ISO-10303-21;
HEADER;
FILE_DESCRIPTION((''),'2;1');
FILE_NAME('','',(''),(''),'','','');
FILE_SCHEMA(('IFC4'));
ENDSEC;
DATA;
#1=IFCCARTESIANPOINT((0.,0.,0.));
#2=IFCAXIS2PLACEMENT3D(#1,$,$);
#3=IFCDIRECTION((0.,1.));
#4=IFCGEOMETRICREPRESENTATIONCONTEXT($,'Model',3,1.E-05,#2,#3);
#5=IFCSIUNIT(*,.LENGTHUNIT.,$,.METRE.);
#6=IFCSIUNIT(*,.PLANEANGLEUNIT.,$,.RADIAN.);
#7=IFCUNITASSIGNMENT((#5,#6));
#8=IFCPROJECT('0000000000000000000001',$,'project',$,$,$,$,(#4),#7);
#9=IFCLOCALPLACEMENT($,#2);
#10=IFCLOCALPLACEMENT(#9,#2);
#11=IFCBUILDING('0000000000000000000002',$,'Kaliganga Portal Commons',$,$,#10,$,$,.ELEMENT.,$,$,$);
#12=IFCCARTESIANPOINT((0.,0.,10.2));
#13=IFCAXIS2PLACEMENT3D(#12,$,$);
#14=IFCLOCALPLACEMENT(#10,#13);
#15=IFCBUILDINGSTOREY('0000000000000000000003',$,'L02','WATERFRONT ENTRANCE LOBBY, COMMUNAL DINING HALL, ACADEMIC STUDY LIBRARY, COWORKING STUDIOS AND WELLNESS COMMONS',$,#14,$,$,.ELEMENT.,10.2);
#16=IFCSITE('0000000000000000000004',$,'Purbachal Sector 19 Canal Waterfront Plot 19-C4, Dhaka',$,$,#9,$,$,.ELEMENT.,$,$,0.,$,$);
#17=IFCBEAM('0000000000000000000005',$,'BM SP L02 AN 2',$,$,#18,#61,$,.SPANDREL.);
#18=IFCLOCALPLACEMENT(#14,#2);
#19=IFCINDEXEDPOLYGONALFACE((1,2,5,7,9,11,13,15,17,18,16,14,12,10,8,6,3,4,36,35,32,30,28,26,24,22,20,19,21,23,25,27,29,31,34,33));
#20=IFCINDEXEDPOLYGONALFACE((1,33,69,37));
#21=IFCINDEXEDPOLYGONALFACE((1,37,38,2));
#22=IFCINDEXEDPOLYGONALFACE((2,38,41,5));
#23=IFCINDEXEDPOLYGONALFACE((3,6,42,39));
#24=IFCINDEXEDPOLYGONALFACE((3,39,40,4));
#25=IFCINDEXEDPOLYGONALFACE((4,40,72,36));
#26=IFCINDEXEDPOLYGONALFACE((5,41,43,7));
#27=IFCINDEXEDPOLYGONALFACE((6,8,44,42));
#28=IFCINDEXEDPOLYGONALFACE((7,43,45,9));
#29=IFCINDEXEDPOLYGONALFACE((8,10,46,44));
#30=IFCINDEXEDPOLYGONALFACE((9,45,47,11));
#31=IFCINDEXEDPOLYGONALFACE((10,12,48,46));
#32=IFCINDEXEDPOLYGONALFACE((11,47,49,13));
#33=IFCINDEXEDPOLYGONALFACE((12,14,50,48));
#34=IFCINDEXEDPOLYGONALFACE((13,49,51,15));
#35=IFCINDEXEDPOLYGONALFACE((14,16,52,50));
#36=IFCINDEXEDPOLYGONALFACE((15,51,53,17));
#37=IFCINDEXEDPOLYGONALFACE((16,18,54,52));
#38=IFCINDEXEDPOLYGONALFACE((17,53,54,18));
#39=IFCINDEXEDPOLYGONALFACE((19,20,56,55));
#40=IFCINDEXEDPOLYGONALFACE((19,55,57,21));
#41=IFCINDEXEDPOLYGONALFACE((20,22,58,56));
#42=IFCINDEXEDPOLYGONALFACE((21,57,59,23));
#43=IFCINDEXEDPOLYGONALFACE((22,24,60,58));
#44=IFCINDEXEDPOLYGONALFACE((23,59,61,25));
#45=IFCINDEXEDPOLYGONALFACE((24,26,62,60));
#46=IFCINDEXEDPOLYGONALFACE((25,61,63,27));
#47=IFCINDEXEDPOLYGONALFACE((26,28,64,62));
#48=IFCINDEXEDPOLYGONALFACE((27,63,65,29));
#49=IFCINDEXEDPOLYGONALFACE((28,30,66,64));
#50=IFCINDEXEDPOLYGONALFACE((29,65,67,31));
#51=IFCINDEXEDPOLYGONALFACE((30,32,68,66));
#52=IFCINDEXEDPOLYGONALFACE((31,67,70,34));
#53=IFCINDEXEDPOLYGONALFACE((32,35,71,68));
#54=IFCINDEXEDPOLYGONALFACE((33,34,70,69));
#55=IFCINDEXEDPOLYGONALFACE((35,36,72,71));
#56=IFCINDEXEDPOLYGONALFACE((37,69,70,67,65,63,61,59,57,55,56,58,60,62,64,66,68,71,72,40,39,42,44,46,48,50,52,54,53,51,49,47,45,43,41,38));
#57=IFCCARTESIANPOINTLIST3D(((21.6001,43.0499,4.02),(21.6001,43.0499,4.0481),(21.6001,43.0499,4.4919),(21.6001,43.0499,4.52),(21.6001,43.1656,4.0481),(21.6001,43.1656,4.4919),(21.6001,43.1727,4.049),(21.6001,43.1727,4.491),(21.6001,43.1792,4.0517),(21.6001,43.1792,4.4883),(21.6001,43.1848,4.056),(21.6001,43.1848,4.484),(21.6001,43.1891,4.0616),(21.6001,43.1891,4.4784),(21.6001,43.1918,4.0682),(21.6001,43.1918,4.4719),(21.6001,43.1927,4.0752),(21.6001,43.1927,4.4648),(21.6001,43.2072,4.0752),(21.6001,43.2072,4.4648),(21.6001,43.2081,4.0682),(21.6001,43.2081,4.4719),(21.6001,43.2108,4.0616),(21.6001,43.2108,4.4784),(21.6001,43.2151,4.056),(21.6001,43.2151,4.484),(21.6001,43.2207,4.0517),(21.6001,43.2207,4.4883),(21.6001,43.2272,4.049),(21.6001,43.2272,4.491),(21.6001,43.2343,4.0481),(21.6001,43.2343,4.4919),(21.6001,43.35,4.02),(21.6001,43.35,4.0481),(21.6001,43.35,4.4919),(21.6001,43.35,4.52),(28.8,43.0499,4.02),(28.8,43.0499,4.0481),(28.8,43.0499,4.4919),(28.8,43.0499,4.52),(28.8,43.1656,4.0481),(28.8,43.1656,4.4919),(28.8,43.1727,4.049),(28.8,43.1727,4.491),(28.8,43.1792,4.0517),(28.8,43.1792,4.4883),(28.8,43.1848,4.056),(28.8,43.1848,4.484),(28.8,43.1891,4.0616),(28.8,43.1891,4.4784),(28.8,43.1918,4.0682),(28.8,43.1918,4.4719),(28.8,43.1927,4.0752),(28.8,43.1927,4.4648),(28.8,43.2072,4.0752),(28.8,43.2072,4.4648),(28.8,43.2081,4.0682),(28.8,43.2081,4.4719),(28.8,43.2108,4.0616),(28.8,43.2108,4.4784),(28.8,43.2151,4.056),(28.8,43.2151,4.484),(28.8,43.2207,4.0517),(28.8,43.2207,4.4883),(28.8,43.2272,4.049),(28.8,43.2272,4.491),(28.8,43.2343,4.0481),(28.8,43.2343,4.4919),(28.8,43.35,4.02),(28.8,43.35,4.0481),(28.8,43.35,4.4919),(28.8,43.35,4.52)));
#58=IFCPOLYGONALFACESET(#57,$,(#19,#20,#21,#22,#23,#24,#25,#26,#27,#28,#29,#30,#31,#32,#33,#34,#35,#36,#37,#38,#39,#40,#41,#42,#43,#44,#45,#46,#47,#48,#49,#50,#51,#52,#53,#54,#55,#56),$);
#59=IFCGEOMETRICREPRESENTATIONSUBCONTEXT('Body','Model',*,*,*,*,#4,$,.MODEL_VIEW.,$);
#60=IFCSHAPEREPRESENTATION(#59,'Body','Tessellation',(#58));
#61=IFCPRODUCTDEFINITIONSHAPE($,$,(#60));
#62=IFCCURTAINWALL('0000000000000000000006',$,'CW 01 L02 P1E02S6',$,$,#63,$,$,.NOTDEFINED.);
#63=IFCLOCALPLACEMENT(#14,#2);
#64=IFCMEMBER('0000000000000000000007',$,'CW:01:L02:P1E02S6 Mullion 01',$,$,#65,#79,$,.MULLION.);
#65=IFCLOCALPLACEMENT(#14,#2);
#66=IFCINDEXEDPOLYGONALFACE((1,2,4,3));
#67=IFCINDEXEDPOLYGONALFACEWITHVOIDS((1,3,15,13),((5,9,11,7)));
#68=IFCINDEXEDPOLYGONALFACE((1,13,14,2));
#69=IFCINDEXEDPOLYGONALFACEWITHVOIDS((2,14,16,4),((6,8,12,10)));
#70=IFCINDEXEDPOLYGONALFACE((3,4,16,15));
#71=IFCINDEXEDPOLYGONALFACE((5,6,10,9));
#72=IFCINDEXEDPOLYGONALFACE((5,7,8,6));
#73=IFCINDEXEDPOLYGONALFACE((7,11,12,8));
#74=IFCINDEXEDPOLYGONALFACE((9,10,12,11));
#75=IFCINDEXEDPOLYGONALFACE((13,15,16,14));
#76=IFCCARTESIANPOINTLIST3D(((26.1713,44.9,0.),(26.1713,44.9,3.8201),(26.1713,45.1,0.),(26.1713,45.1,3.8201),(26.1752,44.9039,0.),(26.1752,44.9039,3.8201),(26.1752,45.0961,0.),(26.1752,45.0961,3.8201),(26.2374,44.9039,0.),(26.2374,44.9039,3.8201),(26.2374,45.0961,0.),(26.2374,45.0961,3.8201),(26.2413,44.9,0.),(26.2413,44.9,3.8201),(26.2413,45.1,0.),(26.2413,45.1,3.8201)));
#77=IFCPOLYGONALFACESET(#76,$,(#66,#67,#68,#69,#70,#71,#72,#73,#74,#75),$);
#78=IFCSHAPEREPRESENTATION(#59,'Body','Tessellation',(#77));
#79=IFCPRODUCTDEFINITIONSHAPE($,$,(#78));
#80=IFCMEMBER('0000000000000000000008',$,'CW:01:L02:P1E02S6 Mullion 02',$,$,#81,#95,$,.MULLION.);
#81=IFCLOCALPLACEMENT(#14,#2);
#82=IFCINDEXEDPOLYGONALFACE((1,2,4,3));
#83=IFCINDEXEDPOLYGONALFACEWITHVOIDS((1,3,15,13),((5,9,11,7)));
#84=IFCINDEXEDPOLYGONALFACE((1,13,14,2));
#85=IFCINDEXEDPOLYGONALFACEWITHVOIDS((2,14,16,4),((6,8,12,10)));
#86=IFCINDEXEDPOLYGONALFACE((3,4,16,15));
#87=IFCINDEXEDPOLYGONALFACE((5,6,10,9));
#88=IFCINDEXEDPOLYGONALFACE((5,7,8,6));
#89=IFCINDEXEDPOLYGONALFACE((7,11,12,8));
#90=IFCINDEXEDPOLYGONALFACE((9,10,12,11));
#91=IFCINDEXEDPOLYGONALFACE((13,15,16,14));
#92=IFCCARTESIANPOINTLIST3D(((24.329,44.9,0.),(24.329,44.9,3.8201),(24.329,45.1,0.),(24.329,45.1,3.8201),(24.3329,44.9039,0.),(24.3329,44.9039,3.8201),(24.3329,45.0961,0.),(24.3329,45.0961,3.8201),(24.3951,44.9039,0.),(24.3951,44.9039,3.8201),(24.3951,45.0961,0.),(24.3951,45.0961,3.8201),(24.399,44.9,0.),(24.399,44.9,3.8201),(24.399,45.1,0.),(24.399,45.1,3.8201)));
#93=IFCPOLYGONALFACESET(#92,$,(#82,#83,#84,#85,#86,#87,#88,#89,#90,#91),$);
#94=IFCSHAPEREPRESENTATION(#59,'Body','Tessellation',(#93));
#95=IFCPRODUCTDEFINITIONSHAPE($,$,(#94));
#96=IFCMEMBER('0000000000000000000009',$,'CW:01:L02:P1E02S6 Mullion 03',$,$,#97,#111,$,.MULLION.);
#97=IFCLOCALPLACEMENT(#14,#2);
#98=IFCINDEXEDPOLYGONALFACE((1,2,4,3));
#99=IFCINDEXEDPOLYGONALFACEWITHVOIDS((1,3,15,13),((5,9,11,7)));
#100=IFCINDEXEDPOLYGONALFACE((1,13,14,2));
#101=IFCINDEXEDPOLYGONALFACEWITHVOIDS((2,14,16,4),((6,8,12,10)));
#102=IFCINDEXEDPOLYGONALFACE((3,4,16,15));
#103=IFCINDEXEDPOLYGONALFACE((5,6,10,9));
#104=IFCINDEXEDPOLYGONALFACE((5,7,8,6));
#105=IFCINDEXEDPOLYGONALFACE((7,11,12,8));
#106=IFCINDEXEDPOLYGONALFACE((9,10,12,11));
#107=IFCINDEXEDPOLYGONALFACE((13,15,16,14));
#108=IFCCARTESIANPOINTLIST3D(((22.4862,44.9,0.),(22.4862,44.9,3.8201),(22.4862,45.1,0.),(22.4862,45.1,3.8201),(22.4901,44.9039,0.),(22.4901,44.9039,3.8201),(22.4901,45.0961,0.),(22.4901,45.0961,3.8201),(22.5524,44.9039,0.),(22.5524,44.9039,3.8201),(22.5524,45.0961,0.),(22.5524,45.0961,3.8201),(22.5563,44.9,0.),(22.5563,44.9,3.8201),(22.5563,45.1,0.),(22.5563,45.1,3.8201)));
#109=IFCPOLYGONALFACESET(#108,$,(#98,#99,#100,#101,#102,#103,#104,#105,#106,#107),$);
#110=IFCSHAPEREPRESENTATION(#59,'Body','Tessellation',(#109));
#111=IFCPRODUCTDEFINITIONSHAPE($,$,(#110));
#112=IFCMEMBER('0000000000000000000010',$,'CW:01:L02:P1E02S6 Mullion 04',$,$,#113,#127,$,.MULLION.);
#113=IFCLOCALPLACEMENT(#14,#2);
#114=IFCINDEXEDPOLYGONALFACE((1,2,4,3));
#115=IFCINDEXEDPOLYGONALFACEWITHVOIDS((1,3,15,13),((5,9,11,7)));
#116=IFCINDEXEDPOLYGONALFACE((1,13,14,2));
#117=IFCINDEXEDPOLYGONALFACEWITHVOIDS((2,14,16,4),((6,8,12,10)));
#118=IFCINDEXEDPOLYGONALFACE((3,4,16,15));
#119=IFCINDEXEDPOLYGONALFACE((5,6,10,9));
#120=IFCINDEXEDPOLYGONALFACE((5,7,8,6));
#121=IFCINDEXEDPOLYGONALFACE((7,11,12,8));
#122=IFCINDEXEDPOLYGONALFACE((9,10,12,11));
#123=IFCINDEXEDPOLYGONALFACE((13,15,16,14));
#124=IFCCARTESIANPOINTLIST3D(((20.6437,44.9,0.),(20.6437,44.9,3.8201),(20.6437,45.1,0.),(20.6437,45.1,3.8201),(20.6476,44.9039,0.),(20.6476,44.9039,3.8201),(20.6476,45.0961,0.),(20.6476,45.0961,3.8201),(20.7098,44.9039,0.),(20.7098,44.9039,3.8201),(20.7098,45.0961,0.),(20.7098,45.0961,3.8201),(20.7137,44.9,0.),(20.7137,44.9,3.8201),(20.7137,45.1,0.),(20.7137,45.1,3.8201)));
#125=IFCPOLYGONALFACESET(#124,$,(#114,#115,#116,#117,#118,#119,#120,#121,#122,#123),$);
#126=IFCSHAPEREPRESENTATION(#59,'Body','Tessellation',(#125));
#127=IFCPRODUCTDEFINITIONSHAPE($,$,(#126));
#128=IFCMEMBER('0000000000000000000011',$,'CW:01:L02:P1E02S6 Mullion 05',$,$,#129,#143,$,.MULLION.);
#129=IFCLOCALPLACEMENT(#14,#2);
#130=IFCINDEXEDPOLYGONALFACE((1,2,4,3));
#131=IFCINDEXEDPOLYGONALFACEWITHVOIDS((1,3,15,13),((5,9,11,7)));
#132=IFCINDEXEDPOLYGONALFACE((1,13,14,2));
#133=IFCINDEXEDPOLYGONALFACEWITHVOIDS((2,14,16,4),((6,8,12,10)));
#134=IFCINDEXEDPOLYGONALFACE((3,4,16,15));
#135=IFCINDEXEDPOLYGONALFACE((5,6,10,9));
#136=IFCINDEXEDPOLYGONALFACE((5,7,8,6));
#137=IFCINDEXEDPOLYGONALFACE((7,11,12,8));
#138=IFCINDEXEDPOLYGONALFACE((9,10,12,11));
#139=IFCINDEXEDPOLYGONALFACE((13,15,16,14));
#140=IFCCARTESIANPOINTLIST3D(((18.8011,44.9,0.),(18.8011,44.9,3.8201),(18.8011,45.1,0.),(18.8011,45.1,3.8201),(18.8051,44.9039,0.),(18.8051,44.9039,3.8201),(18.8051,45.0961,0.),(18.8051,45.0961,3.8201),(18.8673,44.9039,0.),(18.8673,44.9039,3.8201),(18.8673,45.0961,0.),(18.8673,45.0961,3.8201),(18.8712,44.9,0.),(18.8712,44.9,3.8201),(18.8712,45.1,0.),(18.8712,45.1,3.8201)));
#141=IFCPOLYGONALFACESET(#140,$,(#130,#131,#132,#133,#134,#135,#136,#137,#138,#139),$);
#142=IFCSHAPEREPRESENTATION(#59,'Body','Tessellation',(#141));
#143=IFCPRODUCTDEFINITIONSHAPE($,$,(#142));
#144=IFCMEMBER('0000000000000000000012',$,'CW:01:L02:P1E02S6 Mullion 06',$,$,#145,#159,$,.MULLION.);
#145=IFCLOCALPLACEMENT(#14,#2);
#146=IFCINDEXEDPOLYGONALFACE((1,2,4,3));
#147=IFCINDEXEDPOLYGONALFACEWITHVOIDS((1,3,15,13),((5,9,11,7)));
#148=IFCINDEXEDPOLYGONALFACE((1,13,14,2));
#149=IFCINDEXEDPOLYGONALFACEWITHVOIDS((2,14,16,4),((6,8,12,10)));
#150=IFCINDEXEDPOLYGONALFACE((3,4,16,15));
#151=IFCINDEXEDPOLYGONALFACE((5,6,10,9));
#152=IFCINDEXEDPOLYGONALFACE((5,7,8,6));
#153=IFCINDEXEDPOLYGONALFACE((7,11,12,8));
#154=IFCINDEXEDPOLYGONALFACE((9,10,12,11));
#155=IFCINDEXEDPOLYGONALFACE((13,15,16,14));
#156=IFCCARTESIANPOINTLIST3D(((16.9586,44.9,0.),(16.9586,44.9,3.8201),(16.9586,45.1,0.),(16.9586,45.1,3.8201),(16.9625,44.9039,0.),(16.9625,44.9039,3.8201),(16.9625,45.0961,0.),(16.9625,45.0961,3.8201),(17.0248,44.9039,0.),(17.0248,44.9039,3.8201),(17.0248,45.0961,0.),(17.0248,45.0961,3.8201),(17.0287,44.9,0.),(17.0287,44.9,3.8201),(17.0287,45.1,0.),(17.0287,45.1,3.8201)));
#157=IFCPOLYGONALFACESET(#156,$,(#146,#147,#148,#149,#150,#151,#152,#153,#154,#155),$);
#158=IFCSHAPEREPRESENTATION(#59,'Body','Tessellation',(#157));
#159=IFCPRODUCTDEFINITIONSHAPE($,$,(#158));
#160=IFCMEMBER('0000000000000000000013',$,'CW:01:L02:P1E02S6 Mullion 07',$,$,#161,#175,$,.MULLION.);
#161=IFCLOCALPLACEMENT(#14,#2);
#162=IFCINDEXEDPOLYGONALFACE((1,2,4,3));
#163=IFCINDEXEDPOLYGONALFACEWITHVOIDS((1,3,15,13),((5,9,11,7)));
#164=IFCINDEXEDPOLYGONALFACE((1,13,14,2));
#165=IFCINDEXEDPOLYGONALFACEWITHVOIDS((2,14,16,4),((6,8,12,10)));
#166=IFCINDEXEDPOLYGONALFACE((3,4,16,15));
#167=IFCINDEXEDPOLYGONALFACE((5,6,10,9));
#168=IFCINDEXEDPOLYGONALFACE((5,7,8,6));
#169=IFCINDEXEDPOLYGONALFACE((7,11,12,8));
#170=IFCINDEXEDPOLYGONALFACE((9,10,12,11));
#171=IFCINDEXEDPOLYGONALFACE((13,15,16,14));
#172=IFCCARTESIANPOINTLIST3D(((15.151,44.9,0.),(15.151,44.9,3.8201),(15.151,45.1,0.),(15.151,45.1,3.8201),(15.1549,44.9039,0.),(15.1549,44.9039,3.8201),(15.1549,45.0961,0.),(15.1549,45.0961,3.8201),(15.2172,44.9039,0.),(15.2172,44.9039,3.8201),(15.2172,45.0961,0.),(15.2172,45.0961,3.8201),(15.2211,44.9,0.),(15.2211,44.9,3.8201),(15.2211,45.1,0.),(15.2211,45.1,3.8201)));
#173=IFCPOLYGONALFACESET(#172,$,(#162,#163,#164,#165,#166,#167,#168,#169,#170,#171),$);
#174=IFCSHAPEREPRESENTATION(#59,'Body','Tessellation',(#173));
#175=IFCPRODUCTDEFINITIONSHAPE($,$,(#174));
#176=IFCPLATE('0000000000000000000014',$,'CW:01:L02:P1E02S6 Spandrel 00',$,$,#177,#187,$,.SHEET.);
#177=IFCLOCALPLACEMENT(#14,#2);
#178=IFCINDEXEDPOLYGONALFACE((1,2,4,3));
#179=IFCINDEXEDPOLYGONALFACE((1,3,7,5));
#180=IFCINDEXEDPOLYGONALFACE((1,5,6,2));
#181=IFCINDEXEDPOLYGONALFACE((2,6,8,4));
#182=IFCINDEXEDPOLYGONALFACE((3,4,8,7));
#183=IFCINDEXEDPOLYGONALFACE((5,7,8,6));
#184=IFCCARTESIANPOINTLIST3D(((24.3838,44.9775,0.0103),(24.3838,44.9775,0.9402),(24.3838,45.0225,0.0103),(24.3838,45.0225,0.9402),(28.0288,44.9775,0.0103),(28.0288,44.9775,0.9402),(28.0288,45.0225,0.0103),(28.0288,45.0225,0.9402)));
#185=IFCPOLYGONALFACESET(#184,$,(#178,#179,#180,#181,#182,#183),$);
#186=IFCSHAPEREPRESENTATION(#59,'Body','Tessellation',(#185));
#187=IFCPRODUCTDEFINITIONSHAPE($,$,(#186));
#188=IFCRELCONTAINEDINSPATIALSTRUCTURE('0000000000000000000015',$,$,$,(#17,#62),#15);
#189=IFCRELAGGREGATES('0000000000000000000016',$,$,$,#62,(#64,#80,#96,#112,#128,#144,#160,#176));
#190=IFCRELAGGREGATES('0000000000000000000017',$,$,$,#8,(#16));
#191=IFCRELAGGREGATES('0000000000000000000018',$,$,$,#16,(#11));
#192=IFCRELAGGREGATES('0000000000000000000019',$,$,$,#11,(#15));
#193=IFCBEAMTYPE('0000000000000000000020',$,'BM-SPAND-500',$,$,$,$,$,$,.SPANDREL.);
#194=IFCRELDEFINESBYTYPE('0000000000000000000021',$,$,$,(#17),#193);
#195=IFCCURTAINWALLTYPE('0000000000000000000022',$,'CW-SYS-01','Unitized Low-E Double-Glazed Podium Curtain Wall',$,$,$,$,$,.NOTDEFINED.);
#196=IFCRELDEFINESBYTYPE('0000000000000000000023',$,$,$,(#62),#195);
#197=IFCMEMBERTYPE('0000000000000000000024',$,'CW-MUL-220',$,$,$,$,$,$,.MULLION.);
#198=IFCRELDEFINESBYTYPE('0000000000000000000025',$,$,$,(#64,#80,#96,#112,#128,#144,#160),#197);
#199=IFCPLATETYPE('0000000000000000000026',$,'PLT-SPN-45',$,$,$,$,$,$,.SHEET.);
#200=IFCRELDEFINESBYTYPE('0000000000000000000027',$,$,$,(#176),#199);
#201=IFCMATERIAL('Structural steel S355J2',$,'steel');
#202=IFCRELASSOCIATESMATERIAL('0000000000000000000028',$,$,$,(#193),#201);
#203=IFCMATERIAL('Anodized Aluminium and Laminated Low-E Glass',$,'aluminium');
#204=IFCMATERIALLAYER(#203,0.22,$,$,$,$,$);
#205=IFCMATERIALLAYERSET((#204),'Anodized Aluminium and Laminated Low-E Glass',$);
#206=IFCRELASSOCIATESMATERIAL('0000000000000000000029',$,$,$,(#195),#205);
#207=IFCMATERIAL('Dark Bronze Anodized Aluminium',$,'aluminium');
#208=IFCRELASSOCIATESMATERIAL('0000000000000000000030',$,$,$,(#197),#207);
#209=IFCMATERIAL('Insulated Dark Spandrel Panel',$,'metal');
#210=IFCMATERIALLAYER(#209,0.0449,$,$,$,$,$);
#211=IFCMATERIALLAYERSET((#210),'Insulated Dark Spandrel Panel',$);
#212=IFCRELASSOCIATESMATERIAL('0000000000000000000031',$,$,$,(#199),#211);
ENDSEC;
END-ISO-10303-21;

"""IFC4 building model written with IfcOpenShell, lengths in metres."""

from ifc_helpers import new_model, si_unit, direction, frame, origin, origin_2d, place, context, subcontext, project, spatial, rectangle, hollow_rectangle, i_section, extrude, source, transform, mapped, material, layer, layer_set, material_profile, profile_set, type_object, element, aggregate, save


model = new_model("IFC4")

# Units and contexts
model_context = context("Model", 3, precision=1e-05, world=origin(), true_north=direction((0.0, 1.0)))
body_context = subcontext(model_context, "Body", "Model", "MODEL_VIEW")
ifc_project = project(units=[si_unit("LENGTHUNIT", "METRE"), si_unit("PLANEANGLEUNIT", "RADIAN")], contexts=[model_context])

# Site, building, storey
site_placement = place(None, origin())
site = spatial("IfcSite", under=ifc_project, at=site_placement, Name="Purbachal Sector 19 Canal Waterfront Plot 19-C4, Dhaka", CompositionType="ELEMENT", RefElevation=0.0)
building_placement = place(site_placement, origin())
building = spatial("IfcBuilding", under=site, at=building_placement, Name="Kaliganga Portal Commons", CompositionType="ELEMENT")
storey_placement = place(building_placement, frame((0.0, 0.0, 10.2)))
storey = spatial("IfcBuildingStorey", under=building, at=storey_placement, Name="L02", Description="WATERFRONT ENTRANCE LOBBY, COMMUNAL DINING HALL, ACADEMIC STUDY LIBRARY, COWORKING STUDIOS AND WELLNESS COMMONS", CompositionType="ELEMENT", Elevation=10.2)

# Beam
ifc_material_1 = material(Name="Structural steel S355J2", Category="steel")
ifc_material_profile_1 = material_profile(ifc_material_1, i_section(OverallWidth=0.3, OverallDepth=0.5, WebThickness=0.0144, FlangeThickness=0.0281, FilletRadius=0.0271, at=origin_2d()), Name="HE 500 B")
ifc_profile_set_1 = profile_set([ifc_material_profile_1], Name="Structural steel S355J2 wide-flange")
beam_type_1 = type_object("IfcBeamType", Name="BM-SPAND-500", PredefinedType="SPANDREL", material=ifc_profile_set_1)
shared_shape_1 = source(origin(), body_context, "Body", "SweptSolid", [
    extrude(i_section(OverallWidth=0.3, OverallDepth=0.5, WebThickness=0.0144, FlangeThickness=0.0281, FilletRadius=0.0271, at=origin_2d()), origin(), (0.0, 0.0, 1.0), 7.2),
])
beam_1_placement = place(storey_placement, frame((21.6001, 43.2, 4.27), z_axis=(1.0, 0.0, 0.0), x_axis=(0.0, 1.0, 0.0)))
element("IfcBeam", 1, at=beam_1_placement, inside=storey, type_object=beam_type_1, Name="BM SP L02 AN 2", PredefinedType="SPANDREL", context=body_context, shape_type="MappedRepresentation", body=[
    mapped(shared_shape_1, transform((0.0, 0.0, 0.0), x_axis=(1.0, 0.0, 0.0), y_axis=(0.0, 1.0, 0.0), z_axis=(0.0, 0.0, 1.0), scale=1.0)),
])

# Curtain wall, members, plate
ifc_material_2 = material(Name="Anodized Aluminium and Laminated Low-E Glass", Category="aluminium")
ifc_layer_1 = layer(ifc_material_2, 0.22)
ifc_layer_set_1 = layer_set([ifc_layer_1], Name="Anodized Aluminium and Laminated Low-E Glass")
curtain_wall_type = type_object("IfcCurtainWallType", Name="CW-SYS-01", Description="Unitized Low-E Double-Glazed Podium Curtain Wall", PredefinedType="NOTDEFINED", material=ifc_layer_set_1)
curtain_wall_placement = place(storey_placement, origin())
curtain_wall = element("IfcCurtainWall", 2, at=curtain_wall_placement, inside=storey, type_object=curtain_wall_type, Name="CW 01 L02 P1E02S6", PredefinedType="NOTDEFINED")
ifc_material_3 = material(Name="Dark Bronze Anodized Aluminium", Category="aluminium")
ifc_material_profile_2 = material_profile(ifc_material_3, hollow_rectangle(XDim=0.0701, YDim=0.2, WallThickness=0.0039, at=origin_2d()), Name="ALU MULL 70x200x4")
ifc_profile_set_2 = profile_set([ifc_material_profile_2], Name="Dark Bronze Anodized Aluminium")
member_type = type_object("IfcMemberType", Name="CW-MUL-220", PredefinedType="MULLION", material=ifc_profile_set_2)
shared_shape_2 = source(origin(), body_context, "Body", "SweptSolid", [
    extrude(hollow_rectangle(XDim=0.0701, YDim=0.2, WallThickness=0.0039, at=origin_2d()), origin(), (0.0, 0.0, 1.0), 3.8201),
])
member_1_placement = place(storey_placement, frame((26.2063, 45.0, 0.0), z_axis=(0.0, 0.0, 1.0), x_axis=(-1.0, 0.0, 0.0)))
member_1 = element("IfcMember", 3, at=member_1_placement, type_object=member_type, Name="CW:01:L02:P1E02S6 Mullion 01", PredefinedType="MULLION", context=body_context, shape_type="MappedRepresentation", body=[
    mapped(shared_shape_2, transform((0.0, 0.0, 0.0), x_axis=(1.0, 0.0, 0.0), y_axis=(0.0, 1.0, 0.0), z_axis=(0.0, 0.0, 1.0), scale=1.0)),
])
member_2_placement = place(storey_placement, frame((24.364, 45.0, 0.0), z_axis=(0.0, 0.0, 1.0), x_axis=(-1.0, 0.0, 0.0)))
member_2 = element("IfcMember", 4, at=member_2_placement, type_object=member_type, Name="CW:01:L02:P1E02S6 Mullion 02", PredefinedType="MULLION", context=body_context, shape_type="MappedRepresentation", body=[
    mapped(shared_shape_2, transform((0.0, 0.0, 0.0), x_axis=(1.0, 0.0, 0.0), y_axis=(0.0, 1.0, 0.0), z_axis=(0.0, 0.0, 1.0), scale=1.0)),
])
member_3_placement = place(storey_placement, frame((22.5212, 45.0, 0.0), z_axis=(0.0, 0.0, 1.0), x_axis=(-1.0, 0.0, 0.0)))
member_3 = element("IfcMember", 5, at=member_3_placement, type_object=member_type, Name="CW:01:L02:P1E02S6 Mullion 03", PredefinedType="MULLION", context=body_context, shape_type="MappedRepresentation", body=[
    mapped(shared_shape_2, transform((0.0, 0.0, 0.0), x_axis=(1.0, 0.0, 0.0), y_axis=(0.0, 1.0, 0.0), z_axis=(0.0, 0.0, 1.0), scale=1.0)),
])
member_4_placement = place(storey_placement, frame((20.6787, 45.0, 0.0), z_axis=(0.0, 0.0, 1.0), x_axis=(-1.0, 0.0, 0.0)))
member_4 = element("IfcMember", 6, at=member_4_placement, type_object=member_type, Name="CW:01:L02:P1E02S6 Mullion 04", PredefinedType="MULLION", context=body_context, shape_type="MappedRepresentation", body=[
    mapped(shared_shape_2, transform((0.0, 0.0, 0.0), x_axis=(1.0, 0.0, 0.0), y_axis=(0.0, 1.0, 0.0), z_axis=(0.0, 0.0, 1.0), scale=1.0)),
])
member_5_placement = place(storey_placement, frame((18.8362, 45.0, 0.0), z_axis=(0.0, 0.0, 1.0), x_axis=(-1.0, 0.0, 0.0)))
member_5 = element("IfcMember", 7, at=member_5_placement, type_object=member_type, Name="CW:01:L02:P1E02S6 Mullion 05", PredefinedType="MULLION", context=body_context, shape_type="MappedRepresentation", body=[
    mapped(shared_shape_2, transform((0.0, 0.0, 0.0), x_axis=(1.0, 0.0, 0.0), y_axis=(0.0, 1.0, 0.0), z_axis=(0.0, 0.0, 1.0), scale=1.0)),
])
member_6_placement = place(storey_placement, frame((16.9937, 45.0, 0.0), z_axis=(0.0, 0.0, 1.0), x_axis=(-1.0, 0.0, 0.0)))
member_6 = element("IfcMember", 8, at=member_6_placement, type_object=member_type, Name="CW:01:L02:P1E02S6 Mullion 06", PredefinedType="MULLION", context=body_context, shape_type="MappedRepresentation", body=[
    mapped(shared_shape_2, transform((0.0, 0.0, 0.0), x_axis=(1.0, 0.0, 0.0), y_axis=(0.0, 1.0, 0.0), z_axis=(0.0, 0.0, 1.0), scale=1.0)),
])
member_7_placement = place(storey_placement, frame((15.186, 45.0, 0.0), z_axis=(0.0, 0.0, 1.0), x_axis=(-1.0, 0.0, 0.0)))
member_7 = element("IfcMember", 9, at=member_7_placement, type_object=member_type, Name="CW:01:L02:P1E02S6 Mullion 07", PredefinedType="MULLION", context=body_context, shape_type="MappedRepresentation", body=[
    mapped(shared_shape_2, transform((0.0, 0.0, 0.0), x_axis=(1.0, 0.0, 0.0), y_axis=(0.0, 1.0, 0.0), z_axis=(0.0, 0.0, 1.0), scale=1.0)),
])
ifc_material_4 = material(Name="Insulated Dark Spandrel Panel", Category="metal")
ifc_layer_2 = layer(ifc_material_4, 0.0449)
ifc_layer_set_2 = layer_set([ifc_layer_2], Name="Insulated Dark Spandrel Panel")
plate_type_1 = type_object("IfcPlateType", Name="PLT-SPN-45", PredefinedType="SHEET", material=ifc_layer_set_2)
shared_shape_3 = source(origin(), body_context, "Body", "SweptSolid", [
    extrude(rectangle(XDim=3.645, YDim=0.0449, at=origin_2d()), origin(), (0.0, 0.0, 1.0), 0.9299),
])
plate_1_placement = place(storey_placement, frame((26.2063, 45.0, 0.0103), z_axis=(0.0, 0.0, 1.0), x_axis=(-1.0, 0.0, 0.0)))
plate_1 = element("IfcPlate", 10, at=plate_1_placement, type_object=plate_type_1, Name="CW:01:L02:P1E02S6 Spandrel 00", PredefinedType="SHEET", context=body_context, shape_type="MappedRepresentation", body=[
    mapped(shared_shape_3, transform((0.0, 0.0, 0.0), x_axis=(1.0, 0.0, 0.0), y_axis=(0.0, 1.0, 0.0), z_axis=(0.0, 0.0, 1.0), scale=1.0)),
])
aggregate(curtain_wall, [member_1, member_2, member_3, member_4, member_5, member_6, member_7, plate_1])

save(model, "model.ifc")
